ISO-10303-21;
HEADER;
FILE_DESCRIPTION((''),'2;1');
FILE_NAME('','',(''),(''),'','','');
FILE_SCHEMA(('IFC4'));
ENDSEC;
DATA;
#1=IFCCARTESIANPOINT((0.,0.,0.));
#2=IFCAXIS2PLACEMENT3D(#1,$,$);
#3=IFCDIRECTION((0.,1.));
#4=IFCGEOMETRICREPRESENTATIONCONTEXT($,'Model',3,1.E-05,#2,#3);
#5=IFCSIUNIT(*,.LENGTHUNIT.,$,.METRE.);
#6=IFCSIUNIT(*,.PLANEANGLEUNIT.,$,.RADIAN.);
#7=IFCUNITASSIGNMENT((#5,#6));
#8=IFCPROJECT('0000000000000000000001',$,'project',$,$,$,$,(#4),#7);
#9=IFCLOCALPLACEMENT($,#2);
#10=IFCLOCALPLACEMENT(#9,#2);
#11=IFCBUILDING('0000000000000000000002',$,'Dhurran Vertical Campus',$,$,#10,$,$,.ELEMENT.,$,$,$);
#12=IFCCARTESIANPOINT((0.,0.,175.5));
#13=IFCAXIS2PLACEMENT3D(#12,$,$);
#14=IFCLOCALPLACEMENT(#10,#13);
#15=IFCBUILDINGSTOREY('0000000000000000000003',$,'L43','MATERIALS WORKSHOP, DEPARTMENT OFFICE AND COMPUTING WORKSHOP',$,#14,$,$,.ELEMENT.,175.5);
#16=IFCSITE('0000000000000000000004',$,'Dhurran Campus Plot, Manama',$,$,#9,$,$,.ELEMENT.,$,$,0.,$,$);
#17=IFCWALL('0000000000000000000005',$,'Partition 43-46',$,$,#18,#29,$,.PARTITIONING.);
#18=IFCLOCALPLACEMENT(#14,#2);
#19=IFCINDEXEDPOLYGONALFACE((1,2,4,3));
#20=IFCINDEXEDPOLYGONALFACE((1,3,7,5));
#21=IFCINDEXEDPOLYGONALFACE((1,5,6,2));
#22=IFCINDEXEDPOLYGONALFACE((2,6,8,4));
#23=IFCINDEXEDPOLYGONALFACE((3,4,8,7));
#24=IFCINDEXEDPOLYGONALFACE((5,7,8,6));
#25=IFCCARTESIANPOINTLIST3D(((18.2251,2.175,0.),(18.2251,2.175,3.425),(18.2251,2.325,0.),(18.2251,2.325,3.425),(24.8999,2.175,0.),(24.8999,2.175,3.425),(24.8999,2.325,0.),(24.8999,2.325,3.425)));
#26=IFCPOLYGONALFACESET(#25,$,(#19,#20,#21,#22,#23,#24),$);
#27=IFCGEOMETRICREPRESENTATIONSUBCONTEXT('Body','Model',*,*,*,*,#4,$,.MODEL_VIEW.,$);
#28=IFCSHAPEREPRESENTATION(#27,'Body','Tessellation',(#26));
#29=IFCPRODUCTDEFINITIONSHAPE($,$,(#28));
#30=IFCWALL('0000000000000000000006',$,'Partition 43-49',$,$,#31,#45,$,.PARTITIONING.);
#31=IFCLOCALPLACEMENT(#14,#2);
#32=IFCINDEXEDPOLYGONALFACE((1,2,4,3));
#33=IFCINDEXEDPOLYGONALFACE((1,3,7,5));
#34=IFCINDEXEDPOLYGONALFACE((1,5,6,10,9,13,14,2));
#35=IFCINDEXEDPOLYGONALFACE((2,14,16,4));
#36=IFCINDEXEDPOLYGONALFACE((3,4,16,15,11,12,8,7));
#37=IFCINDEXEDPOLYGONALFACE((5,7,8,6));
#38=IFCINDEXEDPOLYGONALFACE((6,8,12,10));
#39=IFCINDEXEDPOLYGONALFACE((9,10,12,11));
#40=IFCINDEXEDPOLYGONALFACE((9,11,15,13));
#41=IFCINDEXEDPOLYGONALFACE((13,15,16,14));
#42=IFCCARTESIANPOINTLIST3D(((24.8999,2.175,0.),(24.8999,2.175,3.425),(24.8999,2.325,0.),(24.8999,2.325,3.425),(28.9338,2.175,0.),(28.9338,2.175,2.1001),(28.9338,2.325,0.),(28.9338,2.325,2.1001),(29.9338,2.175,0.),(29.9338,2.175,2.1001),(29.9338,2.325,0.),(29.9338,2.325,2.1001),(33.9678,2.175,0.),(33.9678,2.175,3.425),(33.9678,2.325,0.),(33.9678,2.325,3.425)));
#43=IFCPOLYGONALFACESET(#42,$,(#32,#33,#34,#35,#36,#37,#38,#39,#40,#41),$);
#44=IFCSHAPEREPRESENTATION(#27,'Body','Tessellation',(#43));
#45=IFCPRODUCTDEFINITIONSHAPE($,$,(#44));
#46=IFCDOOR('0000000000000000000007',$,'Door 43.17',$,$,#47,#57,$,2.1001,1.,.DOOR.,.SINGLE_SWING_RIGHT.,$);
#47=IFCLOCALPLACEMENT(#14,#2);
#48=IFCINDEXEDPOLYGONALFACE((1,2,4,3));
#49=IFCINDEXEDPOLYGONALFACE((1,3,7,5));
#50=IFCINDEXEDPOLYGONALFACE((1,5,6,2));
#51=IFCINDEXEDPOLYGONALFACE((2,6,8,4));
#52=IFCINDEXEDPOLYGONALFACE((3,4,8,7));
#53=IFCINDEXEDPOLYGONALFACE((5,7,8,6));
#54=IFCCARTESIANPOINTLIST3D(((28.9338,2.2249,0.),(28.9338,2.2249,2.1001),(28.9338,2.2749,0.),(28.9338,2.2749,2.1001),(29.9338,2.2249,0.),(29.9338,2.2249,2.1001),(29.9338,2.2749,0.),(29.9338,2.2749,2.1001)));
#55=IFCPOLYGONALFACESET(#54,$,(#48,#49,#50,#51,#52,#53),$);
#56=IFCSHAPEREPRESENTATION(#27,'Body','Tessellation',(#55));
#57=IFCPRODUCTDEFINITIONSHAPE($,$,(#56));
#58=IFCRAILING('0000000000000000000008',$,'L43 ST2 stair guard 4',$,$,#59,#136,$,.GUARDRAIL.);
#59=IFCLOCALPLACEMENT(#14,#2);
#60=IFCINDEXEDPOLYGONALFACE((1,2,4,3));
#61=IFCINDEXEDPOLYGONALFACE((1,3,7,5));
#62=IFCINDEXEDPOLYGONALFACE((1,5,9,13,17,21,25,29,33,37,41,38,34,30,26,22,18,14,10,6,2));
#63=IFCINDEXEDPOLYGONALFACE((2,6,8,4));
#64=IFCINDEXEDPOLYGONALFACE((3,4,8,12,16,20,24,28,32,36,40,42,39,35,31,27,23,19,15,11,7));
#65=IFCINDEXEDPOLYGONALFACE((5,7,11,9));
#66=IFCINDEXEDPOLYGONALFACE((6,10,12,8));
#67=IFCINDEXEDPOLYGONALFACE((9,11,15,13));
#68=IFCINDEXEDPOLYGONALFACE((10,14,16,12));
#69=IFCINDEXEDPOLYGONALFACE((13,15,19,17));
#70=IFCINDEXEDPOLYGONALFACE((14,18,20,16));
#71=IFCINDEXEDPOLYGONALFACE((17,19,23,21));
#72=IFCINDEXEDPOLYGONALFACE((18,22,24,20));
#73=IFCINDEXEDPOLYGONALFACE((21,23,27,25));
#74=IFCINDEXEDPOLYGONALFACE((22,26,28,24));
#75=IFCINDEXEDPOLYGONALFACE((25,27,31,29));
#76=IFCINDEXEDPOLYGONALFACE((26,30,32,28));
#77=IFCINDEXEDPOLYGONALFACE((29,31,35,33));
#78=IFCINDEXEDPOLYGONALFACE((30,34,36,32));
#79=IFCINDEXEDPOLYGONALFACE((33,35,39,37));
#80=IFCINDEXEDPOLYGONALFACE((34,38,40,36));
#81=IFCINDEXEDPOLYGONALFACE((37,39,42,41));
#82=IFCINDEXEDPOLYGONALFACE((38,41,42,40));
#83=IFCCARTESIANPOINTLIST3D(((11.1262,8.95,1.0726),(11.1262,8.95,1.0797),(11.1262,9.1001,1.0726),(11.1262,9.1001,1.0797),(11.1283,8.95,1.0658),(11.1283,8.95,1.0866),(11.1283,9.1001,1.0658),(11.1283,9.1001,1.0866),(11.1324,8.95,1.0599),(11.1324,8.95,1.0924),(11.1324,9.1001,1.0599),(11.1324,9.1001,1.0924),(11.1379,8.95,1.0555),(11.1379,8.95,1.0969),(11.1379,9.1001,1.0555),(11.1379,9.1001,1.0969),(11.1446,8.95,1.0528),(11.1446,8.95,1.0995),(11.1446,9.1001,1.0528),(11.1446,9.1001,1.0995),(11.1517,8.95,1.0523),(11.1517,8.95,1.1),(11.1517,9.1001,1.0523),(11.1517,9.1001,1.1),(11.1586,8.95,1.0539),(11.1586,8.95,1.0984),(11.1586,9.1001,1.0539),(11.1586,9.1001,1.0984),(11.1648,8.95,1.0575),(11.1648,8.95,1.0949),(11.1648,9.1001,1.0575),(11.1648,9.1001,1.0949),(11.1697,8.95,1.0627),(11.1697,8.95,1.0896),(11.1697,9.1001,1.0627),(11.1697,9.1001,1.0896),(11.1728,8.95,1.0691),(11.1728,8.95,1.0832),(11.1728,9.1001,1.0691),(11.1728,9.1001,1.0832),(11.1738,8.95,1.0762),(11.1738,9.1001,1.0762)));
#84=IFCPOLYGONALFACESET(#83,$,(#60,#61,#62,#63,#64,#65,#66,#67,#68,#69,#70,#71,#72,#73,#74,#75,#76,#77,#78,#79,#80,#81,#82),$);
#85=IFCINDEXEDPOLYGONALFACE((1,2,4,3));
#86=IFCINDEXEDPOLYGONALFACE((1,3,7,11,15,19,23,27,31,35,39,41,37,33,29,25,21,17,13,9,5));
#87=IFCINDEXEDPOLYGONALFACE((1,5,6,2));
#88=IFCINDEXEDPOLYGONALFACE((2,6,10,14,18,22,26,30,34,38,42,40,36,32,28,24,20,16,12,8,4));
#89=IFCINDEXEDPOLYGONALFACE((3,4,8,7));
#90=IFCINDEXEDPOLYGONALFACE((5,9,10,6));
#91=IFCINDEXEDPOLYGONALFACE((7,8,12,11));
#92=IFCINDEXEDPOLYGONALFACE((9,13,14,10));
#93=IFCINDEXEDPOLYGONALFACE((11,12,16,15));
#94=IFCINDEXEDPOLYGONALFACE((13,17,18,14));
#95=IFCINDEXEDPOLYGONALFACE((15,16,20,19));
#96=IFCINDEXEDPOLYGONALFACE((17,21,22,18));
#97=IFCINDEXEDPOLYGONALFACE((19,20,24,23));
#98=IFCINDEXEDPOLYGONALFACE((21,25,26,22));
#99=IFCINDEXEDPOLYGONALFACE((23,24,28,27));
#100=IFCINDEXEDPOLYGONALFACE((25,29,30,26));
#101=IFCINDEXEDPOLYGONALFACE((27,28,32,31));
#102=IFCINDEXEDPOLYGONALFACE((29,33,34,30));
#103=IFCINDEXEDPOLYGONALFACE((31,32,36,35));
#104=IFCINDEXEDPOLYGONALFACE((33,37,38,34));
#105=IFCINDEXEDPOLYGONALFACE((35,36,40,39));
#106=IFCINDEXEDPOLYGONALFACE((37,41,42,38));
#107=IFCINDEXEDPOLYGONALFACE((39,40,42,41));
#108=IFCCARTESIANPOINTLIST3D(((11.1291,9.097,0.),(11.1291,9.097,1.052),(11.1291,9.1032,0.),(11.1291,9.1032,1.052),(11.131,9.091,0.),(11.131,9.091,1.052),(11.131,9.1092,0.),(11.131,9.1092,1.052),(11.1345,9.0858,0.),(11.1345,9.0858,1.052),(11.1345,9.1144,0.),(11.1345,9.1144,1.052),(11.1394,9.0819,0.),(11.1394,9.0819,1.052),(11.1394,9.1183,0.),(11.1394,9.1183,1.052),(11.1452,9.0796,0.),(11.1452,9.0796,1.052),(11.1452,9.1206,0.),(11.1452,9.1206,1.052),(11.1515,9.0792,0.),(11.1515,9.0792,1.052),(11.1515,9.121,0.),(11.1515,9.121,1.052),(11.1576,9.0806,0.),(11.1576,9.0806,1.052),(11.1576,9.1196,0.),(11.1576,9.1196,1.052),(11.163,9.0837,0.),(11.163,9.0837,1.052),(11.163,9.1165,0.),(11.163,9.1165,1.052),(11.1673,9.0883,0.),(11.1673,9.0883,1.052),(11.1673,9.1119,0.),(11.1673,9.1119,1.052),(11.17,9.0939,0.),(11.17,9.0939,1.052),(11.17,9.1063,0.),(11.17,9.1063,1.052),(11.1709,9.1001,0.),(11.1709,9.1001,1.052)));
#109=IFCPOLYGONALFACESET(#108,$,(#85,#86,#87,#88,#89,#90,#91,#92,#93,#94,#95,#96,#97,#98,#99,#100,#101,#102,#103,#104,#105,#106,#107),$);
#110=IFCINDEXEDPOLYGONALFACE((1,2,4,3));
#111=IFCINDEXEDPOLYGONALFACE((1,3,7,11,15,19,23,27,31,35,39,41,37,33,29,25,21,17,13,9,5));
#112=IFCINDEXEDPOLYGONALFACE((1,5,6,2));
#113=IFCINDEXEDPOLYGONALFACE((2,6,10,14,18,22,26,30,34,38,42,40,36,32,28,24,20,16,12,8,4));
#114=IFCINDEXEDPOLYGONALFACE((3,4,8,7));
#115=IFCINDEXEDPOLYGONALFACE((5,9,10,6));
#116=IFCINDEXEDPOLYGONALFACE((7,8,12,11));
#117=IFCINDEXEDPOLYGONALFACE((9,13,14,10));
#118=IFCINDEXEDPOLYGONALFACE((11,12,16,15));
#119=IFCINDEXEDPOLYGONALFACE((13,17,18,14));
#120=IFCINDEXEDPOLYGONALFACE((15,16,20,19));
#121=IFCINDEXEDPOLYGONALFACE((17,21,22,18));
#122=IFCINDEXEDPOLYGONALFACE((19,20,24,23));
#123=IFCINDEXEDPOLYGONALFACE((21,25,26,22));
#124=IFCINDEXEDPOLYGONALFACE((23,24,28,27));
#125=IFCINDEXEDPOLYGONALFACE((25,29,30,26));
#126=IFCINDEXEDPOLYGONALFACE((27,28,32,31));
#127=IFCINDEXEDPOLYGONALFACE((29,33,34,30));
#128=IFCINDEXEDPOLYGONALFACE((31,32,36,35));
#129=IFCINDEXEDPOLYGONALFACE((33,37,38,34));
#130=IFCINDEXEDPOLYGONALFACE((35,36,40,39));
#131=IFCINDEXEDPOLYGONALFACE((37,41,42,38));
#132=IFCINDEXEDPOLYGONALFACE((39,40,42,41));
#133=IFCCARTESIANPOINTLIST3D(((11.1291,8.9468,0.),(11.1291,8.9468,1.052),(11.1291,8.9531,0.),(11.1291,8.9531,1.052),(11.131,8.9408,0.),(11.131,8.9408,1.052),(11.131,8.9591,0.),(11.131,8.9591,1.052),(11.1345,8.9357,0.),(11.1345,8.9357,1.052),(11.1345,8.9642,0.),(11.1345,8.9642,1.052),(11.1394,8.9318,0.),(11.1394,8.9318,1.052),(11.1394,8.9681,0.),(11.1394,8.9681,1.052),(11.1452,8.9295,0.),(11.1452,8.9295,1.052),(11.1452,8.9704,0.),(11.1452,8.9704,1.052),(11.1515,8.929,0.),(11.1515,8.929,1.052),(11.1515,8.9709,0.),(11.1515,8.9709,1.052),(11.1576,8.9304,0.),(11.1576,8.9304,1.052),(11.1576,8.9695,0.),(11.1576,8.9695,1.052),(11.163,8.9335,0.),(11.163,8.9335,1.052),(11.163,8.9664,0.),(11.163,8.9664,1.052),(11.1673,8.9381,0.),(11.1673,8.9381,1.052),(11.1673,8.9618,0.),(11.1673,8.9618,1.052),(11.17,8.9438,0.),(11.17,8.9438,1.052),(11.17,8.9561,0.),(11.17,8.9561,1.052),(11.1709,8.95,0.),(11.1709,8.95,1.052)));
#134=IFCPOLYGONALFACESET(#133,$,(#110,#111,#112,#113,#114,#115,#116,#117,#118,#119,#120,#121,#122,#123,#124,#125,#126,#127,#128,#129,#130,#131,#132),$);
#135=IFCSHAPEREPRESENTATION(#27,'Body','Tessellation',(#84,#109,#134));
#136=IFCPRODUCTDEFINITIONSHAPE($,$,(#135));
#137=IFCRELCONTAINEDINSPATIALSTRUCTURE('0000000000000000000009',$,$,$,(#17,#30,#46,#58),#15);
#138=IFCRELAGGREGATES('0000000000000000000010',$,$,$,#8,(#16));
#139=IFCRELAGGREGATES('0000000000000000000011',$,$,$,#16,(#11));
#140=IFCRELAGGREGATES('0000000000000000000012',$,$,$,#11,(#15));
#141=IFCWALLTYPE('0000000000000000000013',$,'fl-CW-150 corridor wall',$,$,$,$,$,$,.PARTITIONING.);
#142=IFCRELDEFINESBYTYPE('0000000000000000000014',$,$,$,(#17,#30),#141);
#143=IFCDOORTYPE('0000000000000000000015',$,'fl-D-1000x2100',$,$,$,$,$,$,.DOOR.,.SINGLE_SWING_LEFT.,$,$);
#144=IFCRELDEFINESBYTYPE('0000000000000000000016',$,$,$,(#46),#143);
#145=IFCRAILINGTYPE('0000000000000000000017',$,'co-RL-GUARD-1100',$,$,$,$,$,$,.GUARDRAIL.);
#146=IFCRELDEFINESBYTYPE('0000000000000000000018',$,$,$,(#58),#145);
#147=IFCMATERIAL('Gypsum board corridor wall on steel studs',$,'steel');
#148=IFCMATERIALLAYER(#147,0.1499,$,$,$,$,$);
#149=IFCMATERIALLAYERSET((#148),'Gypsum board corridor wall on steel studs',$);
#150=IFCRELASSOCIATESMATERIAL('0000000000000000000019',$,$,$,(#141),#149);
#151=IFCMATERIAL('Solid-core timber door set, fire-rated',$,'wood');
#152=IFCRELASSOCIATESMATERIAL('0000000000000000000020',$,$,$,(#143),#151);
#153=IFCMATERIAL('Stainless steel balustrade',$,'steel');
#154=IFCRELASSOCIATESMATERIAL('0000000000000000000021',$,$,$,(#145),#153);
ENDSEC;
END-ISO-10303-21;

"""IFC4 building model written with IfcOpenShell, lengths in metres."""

from ifc_helpers import new_model, si_unit, direction, frame, frame_2d, origin, origin_2d, place, context, subcontext, project, spatial, rectangle, circle, extrude, material, layer, layer_set, type_object, element, fill, save


model = new_model("IFC4")

# Units and contexts
model_context = context("Model", 3, precision=1e-05, world=origin(), true_north=direction((0.0, 1.0)))
body_context = subcontext(model_context, "Body", "Model", "MODEL_VIEW")
ifc_project = project(units=[si_unit("LENGTHUNIT", "METRE"), si_unit("PLANEANGLEUNIT", "RADIAN")], contexts=[model_context])

# Site, building, storey
site_placement = place(None, origin())
site = spatial("IfcSite", under=ifc_project, at=site_placement, Name="Dhurran Campus Plot, Manama", CompositionType="ELEMENT", RefElevation=0.0)
building_placement = place(site_placement, origin())
building = spatial("IfcBuilding", under=site, at=building_placement, Name="Dhurran Vertical Campus", CompositionType="ELEMENT")
storey_placement = place(building_placement, frame((0.0, 0.0, 175.5)))
storey = spatial("IfcBuildingStorey", under=building, at=storey_placement, Name="L43", Description="MATERIALS WORKSHOP, DEPARTMENT OFFICE AND COMPUTING WORKSHOP", CompositionType="ELEMENT", Elevation=175.5)

# Shared definitions
ifc_material_1 = material(Name="Gypsum board corridor wall on steel studs", Category="steel")
ifc_layer_1 = layer(ifc_material_1, 0.1499)
ifc_layer_set_1 = layer_set([ifc_layer_1], Name="Gypsum board corridor wall on steel studs")
wall_type_1 = type_object("IfcWallType", Name="fl-CW-150 corridor wall", PredefinedType="PARTITIONING", material=ifc_layer_set_1)
ifc_material_2 = material(Name="Solid-core timber door set, fire-rated", Category="wood")
door_type_1 = type_object("IfcDoorType", Name="fl-D-1000x2100", OperationType="SINGLE_SWING_LEFT", PredefinedType="DOOR", material=ifc_material_2)

# Wall
wall_1_placement = place(storey_placement, frame((18.2251, 2.25, 0.0), z_axis=(0.0, 0.0, 1.0), x_axis=(1.0, 0.0, 0.0)))
element("IfcWall", 1, at=wall_1_placement, inside=storey, type_object=wall_type_1, Name="Partition 43-46", PredefinedType="PARTITIONING", context=body_context, shape_type="SweptSolid", body=[
    extrude(rectangle(XDim=6.6748, YDim=0.1499, at=frame_2d((3.3374, 0.0))), origin(), (0.0, 0.0, 1.0), 3.425),
])

# Wall, opening, door
wall_2_placement = place(storey_placement, frame((24.8999, 2.25, 0.0), z_axis=(0.0, 0.0, 1.0), x_axis=(1.0, 0.0, 0.0)))
wall_2 = element("IfcWall", 2, at=wall_2_placement, inside=storey, type_object=wall_type_1, Name="Partition 43-49", PredefinedType="PARTITIONING", context=body_context, shape_type="SweptSolid", body=[
    extrude(rectangle(XDim=9.0679, YDim=0.1499, at=frame_2d((4.5339, 0.0))), origin(), (0.0, 0.0, 1.0), 3.425),
])
opening_1_placement = place(wall_2_placement, frame((4.0339, 0.0, 0.0)))
opening_1 = element("IfcOpeningElement", 3, at=opening_1_placement, cuts=wall_2, PredefinedType="OPENING", context=body_context, shape_type="SweptSolid", body=[
    extrude(rectangle(XDim=1.0, YDim=2.1001, at=frame_2d((0.5, 1.05))), frame((0.0, 0.085, 0.0), z_axis=(0.0, -1.0, 0.0), x_axis=(1.0, 0.0, 0.0)), (0.0, 0.0, 1.0), 0.1699),
])
door_1_placement = place(opening_1_placement, origin())
door_1 = element("IfcDoor", 4, at=door_1_placement, inside=storey, type_object=door_type_1, Name="Door 43.17", OperationType="SINGLE_SWING_RIGHT", OverallHeight=2.1001, OverallWidth=1.0, PredefinedType="DOOR", context=body_context, shape_type="SweptSolid", body=[
    extrude(rectangle(XDim=1.0, YDim=2.1001, at=frame_2d((0.5, 1.05))), frame((0.0, 0.0249, 0.0), z_axis=(0.0, -1.0, 0.0), x_axis=(1.0, 0.0, 0.0)), (0.0, 0.0, 1.0), 0.05),
])
fill(opening_1, door_1)

# Railing
ifc_material_3 = material(Name="Stainless steel balustrade", Category="steel")
railing_type = type_object("IfcRailingType", Name="co-RL-GUARD-1100", PredefinedType="GUARDRAIL", material=ifc_material_3)
railing_placement = place(storey_placement, frame((11.1499, 9.1001, 0.0)))
element("IfcRailing", 5, at=railing_placement, inside=storey, type_object=railing_type, Name="L43 ST2 stair guard 4", PredefinedType="GUARDRAIL", context=body_context, shape_type="SweptSolid", body=[
    extrude(circle(Radius=0.0239, at=origin_2d()), frame((0.0, 0.0, 1.0762), z_axis=(0.0, -1.0, 0.0), x_axis=(1.0, 0.0, 0.0)), (0.0, 0.0, 1.0), 0.1501),
    extrude(circle(Radius=0.021, at=origin_2d()), origin(), (0.0, 0.0, 1.0), 1.052),
    extrude(circle(Radius=0.021, at=origin_2d()), frame((0.0, -0.1501, 0.0)), (0.0, 0.0, 1.0), 1.052),
])

save(model, "model.ifc")
